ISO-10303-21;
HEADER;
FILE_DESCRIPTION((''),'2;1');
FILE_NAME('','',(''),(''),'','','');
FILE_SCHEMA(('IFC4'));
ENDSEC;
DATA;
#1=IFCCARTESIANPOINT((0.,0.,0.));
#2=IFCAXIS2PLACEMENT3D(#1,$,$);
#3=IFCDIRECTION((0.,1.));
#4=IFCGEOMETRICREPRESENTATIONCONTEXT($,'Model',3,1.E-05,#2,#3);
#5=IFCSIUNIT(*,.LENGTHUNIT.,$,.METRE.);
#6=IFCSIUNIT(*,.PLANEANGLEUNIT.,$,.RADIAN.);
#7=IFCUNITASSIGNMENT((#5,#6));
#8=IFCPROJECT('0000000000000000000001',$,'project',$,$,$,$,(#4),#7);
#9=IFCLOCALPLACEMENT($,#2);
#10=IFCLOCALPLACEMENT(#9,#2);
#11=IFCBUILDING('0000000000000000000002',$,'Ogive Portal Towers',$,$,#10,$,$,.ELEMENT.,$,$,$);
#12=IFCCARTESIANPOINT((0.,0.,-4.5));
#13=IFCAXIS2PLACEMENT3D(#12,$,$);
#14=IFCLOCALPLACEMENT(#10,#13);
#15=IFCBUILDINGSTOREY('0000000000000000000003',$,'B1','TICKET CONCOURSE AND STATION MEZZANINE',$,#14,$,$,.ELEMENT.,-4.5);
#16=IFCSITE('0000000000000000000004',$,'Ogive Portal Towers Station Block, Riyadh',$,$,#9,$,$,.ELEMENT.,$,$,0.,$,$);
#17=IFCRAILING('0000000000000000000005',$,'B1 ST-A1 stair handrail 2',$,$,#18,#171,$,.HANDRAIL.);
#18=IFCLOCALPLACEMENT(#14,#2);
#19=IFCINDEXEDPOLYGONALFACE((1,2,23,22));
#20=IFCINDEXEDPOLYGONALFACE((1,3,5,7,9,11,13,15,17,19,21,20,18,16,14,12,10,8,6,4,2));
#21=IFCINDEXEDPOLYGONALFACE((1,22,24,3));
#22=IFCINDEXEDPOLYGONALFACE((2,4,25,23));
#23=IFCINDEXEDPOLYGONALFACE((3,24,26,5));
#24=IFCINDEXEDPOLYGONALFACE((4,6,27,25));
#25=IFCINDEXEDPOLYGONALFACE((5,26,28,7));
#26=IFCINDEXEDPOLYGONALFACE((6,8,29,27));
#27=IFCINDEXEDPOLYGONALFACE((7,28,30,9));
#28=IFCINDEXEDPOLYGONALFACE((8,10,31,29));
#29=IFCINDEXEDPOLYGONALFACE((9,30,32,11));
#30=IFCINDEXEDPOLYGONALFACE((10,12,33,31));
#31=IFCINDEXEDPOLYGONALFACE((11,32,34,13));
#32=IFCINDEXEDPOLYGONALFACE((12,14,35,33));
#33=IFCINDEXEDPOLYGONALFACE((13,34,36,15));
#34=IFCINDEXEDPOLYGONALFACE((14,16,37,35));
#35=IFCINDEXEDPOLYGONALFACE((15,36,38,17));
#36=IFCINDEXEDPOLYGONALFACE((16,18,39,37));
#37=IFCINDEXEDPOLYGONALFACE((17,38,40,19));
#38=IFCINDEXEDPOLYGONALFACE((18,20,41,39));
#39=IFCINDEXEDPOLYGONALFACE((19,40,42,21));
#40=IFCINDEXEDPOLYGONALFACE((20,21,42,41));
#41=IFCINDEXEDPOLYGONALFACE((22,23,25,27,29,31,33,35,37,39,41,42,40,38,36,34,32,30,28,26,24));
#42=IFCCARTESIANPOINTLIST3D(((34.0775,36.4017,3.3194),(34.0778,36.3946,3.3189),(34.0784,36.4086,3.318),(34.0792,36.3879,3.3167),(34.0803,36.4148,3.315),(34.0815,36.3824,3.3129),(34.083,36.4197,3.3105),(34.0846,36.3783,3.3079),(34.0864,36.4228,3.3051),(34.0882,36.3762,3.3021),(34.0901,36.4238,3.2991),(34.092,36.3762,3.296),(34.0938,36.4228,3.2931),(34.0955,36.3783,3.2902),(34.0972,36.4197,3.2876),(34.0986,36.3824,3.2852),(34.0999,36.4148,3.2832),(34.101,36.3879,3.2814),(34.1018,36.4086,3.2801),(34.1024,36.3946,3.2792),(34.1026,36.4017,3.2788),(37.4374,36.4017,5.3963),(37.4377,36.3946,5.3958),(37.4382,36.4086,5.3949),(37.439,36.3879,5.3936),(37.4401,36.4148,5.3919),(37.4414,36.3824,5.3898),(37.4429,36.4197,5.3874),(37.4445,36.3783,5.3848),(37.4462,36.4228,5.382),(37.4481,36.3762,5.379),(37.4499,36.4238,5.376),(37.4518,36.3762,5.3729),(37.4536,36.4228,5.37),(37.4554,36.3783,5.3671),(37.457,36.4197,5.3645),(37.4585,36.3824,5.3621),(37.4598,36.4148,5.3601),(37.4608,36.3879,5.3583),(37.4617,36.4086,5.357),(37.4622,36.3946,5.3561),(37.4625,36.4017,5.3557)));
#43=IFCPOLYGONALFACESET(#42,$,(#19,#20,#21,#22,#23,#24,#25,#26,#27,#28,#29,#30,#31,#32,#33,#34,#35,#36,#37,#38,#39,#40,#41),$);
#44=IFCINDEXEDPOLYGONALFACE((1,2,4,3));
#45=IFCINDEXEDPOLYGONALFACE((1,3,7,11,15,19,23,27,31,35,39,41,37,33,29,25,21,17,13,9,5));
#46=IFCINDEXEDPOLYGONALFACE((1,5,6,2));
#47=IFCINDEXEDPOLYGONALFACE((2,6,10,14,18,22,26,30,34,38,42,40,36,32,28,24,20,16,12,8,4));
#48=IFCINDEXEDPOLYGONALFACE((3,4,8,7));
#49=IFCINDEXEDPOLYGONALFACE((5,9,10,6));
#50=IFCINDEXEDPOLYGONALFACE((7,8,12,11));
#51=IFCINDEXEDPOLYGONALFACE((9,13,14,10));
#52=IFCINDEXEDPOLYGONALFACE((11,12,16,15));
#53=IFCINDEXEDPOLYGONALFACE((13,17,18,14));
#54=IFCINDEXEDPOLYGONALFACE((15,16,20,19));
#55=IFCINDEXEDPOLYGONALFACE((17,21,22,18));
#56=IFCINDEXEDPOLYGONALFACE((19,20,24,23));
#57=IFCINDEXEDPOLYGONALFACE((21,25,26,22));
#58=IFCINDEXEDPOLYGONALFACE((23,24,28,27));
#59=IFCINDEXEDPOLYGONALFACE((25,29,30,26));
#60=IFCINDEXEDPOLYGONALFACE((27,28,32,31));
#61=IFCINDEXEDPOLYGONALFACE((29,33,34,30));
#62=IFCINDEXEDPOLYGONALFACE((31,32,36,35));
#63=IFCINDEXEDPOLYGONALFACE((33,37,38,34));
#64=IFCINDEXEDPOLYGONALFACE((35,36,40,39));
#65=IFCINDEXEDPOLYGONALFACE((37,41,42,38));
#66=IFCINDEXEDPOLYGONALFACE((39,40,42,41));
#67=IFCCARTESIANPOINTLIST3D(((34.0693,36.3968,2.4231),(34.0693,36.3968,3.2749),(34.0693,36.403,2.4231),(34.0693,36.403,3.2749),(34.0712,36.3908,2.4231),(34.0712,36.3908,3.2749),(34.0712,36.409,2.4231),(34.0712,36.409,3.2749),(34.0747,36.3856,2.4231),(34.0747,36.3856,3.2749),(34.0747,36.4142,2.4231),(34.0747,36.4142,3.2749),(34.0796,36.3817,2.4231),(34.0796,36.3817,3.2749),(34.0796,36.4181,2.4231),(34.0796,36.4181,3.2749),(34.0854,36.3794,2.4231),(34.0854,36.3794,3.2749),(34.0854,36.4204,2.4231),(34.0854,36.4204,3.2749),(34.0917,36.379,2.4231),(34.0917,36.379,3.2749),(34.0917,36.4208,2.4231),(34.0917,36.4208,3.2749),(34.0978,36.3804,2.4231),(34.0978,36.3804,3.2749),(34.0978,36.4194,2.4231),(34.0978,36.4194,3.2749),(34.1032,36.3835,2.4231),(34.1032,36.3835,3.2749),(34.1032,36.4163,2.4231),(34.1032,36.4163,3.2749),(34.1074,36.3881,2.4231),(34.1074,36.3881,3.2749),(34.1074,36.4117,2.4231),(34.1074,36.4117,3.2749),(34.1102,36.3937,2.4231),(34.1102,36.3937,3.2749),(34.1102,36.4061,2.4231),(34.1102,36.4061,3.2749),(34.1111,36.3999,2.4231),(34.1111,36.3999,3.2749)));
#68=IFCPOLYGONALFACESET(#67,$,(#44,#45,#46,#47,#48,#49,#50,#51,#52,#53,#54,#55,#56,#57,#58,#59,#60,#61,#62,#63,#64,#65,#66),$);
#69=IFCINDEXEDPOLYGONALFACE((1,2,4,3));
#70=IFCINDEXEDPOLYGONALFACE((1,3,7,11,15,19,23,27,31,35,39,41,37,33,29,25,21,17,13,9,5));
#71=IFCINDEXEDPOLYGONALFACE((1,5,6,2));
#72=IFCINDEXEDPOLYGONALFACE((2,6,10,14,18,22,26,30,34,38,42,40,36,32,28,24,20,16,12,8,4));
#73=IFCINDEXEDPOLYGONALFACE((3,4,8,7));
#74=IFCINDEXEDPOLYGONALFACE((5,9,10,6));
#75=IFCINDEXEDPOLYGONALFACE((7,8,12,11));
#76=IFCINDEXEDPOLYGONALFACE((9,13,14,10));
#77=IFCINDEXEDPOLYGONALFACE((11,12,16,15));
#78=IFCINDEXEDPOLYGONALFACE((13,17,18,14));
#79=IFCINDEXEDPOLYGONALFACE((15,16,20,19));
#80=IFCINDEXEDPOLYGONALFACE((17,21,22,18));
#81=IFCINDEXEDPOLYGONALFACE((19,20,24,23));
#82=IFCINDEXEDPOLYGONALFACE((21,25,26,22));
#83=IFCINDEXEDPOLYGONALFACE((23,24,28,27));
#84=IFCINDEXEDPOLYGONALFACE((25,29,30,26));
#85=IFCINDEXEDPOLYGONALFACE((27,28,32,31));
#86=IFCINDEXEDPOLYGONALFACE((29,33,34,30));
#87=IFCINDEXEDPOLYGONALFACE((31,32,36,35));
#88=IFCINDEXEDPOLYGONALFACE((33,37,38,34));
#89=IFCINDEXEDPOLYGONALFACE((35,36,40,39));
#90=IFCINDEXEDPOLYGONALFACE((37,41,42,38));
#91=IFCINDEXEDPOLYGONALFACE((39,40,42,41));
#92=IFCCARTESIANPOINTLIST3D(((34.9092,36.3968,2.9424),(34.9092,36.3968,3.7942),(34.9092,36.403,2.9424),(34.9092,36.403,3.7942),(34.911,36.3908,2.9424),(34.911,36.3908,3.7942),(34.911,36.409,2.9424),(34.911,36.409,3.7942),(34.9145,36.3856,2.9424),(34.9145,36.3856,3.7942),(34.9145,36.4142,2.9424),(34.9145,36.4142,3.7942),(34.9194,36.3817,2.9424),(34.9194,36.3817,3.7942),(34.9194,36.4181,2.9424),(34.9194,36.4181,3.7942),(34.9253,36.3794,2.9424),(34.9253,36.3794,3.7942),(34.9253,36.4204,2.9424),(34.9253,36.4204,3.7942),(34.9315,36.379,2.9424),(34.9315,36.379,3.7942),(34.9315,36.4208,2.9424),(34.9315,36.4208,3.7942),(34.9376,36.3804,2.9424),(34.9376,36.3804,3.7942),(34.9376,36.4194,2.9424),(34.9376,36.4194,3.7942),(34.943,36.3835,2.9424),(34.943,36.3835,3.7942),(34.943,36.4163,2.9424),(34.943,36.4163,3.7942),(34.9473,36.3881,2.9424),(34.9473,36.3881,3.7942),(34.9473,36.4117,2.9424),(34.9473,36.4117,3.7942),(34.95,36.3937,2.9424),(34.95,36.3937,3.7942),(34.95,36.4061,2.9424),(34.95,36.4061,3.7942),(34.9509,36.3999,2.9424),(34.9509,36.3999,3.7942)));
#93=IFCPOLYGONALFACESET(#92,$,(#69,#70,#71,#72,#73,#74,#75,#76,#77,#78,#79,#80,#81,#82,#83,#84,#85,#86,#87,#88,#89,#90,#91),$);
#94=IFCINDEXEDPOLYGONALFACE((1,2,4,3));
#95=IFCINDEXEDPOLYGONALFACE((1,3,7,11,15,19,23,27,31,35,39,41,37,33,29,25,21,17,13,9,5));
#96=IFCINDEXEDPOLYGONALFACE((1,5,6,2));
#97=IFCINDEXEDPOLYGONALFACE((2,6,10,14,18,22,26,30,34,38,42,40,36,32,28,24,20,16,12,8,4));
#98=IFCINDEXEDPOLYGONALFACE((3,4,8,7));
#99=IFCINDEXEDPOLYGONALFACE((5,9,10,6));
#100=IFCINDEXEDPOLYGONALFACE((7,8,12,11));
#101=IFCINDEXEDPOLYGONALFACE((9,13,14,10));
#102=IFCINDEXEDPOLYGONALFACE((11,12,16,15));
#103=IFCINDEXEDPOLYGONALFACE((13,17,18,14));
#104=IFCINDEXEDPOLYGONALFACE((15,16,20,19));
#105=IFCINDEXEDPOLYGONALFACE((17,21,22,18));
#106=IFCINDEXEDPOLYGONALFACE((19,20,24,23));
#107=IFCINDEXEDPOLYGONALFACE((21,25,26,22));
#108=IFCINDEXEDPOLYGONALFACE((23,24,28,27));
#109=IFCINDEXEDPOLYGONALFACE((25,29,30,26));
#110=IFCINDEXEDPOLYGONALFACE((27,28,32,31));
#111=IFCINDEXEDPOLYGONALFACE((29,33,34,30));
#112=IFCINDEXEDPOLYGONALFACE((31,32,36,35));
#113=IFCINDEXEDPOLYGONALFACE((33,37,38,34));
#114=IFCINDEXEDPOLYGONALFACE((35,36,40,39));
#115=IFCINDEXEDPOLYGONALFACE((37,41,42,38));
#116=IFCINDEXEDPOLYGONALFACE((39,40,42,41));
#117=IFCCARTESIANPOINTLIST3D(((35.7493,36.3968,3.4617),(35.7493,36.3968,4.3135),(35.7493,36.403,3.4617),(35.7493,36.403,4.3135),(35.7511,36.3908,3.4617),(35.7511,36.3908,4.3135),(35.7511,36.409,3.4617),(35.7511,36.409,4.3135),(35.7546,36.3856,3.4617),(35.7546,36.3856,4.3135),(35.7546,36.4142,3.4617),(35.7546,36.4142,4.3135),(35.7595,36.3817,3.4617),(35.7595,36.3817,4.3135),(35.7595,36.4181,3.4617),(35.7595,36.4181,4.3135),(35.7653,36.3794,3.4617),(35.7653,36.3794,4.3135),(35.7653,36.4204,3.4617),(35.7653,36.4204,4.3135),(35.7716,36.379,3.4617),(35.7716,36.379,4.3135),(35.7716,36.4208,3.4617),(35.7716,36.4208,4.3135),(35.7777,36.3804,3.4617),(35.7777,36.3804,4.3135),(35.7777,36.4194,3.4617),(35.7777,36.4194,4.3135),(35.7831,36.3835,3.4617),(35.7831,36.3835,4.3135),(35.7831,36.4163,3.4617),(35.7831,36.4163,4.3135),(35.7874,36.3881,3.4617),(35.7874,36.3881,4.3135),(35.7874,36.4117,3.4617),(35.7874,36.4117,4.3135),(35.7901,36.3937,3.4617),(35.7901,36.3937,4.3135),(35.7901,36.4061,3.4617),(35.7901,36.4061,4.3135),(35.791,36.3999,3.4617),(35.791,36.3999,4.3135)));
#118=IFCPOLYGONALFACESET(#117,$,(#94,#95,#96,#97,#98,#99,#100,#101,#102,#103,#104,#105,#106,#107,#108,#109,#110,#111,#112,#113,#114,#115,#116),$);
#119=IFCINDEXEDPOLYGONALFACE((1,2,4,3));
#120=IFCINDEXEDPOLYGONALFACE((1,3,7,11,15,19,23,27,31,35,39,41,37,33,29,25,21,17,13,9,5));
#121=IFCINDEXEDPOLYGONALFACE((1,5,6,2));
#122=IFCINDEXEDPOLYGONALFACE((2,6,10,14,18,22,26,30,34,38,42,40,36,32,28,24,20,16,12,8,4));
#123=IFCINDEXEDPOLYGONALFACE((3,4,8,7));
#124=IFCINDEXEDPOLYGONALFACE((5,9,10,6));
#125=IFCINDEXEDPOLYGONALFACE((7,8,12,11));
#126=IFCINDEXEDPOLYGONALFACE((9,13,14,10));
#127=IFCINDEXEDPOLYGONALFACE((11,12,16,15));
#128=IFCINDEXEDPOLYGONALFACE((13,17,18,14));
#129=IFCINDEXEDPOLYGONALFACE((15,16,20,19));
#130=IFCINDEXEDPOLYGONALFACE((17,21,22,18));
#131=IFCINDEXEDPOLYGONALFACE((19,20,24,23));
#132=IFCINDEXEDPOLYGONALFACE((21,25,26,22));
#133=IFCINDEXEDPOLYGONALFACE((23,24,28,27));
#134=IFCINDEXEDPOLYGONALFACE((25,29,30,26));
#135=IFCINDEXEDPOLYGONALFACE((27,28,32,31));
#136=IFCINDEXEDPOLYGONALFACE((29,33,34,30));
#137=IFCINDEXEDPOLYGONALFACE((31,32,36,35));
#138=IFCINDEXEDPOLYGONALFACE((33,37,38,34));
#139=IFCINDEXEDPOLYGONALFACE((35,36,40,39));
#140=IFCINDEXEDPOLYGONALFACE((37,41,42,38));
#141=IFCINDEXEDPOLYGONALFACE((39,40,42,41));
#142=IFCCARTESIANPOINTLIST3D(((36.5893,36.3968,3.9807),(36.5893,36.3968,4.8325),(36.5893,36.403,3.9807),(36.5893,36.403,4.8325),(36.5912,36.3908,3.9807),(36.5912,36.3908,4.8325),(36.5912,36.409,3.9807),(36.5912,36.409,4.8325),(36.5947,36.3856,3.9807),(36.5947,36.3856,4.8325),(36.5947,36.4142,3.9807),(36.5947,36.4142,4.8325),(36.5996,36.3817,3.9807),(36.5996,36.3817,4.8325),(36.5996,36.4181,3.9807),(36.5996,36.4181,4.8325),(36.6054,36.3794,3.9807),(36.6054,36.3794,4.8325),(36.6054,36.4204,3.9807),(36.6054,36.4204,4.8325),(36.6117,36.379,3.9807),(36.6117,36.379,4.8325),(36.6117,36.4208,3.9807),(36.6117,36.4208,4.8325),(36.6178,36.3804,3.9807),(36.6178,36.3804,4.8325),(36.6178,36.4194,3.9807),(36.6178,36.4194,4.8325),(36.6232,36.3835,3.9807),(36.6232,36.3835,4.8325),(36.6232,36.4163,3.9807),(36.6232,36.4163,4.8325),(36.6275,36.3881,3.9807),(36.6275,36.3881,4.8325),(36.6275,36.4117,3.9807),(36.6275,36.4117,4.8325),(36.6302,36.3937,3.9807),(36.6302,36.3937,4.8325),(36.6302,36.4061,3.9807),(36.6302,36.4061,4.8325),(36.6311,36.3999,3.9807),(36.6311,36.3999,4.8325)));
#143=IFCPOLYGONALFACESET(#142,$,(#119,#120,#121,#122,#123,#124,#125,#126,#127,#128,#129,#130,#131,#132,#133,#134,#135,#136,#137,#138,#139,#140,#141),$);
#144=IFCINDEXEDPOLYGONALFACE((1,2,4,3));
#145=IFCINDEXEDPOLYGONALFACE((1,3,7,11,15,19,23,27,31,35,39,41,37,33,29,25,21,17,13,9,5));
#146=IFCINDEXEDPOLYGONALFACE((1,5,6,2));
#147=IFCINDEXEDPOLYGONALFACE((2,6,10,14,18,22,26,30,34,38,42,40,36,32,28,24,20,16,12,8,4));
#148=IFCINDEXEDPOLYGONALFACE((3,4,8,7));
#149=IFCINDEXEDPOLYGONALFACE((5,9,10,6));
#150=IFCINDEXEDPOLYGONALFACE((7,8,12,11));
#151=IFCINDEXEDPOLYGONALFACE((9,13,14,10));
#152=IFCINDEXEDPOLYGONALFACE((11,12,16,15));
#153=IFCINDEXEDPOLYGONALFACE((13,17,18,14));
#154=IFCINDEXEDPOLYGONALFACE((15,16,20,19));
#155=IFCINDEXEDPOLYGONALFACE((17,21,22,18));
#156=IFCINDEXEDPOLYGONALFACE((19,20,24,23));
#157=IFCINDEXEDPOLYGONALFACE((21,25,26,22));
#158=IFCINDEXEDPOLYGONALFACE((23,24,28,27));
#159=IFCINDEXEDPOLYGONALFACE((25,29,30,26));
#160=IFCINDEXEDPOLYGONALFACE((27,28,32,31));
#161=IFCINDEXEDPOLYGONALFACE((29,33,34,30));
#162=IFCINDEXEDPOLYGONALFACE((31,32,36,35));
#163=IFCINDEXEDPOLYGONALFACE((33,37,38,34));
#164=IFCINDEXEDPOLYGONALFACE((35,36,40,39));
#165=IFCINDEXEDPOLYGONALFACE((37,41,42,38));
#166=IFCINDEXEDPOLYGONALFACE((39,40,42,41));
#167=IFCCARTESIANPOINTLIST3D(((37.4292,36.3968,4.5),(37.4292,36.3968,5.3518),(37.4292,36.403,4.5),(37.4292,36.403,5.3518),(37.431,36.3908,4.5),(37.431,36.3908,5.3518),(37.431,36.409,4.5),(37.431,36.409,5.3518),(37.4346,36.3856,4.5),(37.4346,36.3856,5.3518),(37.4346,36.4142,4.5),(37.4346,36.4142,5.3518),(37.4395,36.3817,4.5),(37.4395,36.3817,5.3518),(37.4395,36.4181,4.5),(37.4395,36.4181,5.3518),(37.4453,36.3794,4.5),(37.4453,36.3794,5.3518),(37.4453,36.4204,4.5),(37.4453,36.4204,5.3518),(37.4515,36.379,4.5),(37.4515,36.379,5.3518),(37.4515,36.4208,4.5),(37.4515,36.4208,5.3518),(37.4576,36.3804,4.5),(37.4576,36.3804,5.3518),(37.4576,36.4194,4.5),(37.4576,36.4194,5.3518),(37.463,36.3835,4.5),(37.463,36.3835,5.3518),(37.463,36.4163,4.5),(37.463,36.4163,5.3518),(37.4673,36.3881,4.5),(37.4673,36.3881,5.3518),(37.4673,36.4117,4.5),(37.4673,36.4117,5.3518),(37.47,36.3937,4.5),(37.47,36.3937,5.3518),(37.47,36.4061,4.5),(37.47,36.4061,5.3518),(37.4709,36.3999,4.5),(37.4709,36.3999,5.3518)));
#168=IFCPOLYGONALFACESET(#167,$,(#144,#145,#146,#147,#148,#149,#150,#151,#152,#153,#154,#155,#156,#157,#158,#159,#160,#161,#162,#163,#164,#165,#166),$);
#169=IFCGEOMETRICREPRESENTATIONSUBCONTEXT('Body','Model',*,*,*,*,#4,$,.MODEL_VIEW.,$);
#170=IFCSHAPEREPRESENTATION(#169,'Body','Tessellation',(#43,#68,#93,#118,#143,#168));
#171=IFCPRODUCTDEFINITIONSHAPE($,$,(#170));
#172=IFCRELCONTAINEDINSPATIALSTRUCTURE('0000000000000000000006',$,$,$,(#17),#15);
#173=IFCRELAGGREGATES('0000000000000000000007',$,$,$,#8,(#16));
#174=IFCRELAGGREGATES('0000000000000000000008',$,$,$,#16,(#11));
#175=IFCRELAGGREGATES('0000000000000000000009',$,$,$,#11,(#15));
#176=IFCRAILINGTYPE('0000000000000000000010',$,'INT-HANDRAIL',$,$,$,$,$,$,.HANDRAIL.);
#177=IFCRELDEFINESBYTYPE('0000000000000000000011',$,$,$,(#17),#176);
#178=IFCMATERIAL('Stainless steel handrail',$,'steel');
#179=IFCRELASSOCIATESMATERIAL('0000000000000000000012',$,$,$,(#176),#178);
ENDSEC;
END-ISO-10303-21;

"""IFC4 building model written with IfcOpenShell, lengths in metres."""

from ifc_helpers import new_model, si_unit, direction, frame, origin, origin_2d, place, context, subcontext, project, spatial, circle, extrude, material, type_object, element, save


model = new_model("IFC4")

# Units and contexts
model_context = context("Model", 3, precision=1e-05, world=origin(), true_north=direction((0.0, 1.0)))
body_context = subcontext(model_context, "Body", "Model", "MODEL_VIEW")
ifc_project = project(units=[si_unit("LENGTHUNIT", "METRE"), si_unit("PLANEANGLEUNIT", "RADIAN")], contexts=[model_context])

# Site, building, storey
site_placement = place(None, origin())
site = spatial("IfcSite", under=ifc_project, at=site_placement, Name="Ogive Portal Towers Station Block, Riyadh", CompositionType="ELEMENT", RefElevation=0.0)
building_placement = place(site_placement, origin())
building = spatial("IfcBuilding", under=site, at=building_placement, Name="Ogive Portal Towers", CompositionType="ELEMENT")
storey_placement = place(building_placement, frame((0.0, 0.0, -4.5)))
storey = spatial("IfcBuildingStorey", under=building, at=storey_placement, Name="B1", Description="TICKET CONCOURSE AND STATION MEZZANINE", CompositionType="ELEMENT", Elevation=-4.5)

# Railing
ifc_material_1 = material(Name="Stainless steel handrail", Category="steel")
railing_type_1 = type_object("IfcRailingType", Name="INT-HANDRAIL", PredefinedType="HANDRAIL", material=ifc_material_1)
railing_1_placement = place(storey_placement, frame((34.0901, 36.3999, 2.4231)))
element("IfcRailing", 1, at=railing_1_placement, inside=storey, type_object=railing_type_1, Name="B1 ST-A1 stair handrail 2", PredefinedType="HANDRAIL", context=body_context, shape_type="SweptSolid", body=[
    extrude(circle(Radius=0.0239, at=origin_2d()), frame((0.0, 0.0, 0.876), z_axis=(0.850606, 0.0, 0.525803), x_axis=(0.0, 1.0, 0.0)), (0.0, 0.0, 1.0), 3.95),
    extrude(circle(Radius=0.021, at=origin_2d()), origin(), (0.0, 0.0, 1.0), 0.8518),
    extrude(circle(Radius=0.021, at=origin_2d()), frame((0.8398, 0.0, 0.5193)), (0.0, 0.0, 1.0), 0.8518),
    extrude(circle(Radius=0.021, at=origin_2d()), frame((1.6799, 0.0, 1.0386)), (0.0, 0.0, 1.0), 0.8518),
    extrude(circle(Radius=0.021, at=origin_2d()), frame((2.52, 0.0, 1.5576)), (0.0, 0.0, 1.0), 0.8518),
    extrude(circle(Radius=0.021, at=origin_2d()), frame((3.3599, 0.0, 2.0769)), (0.0, 0.0, 1.0), 0.8518),
])

save(model, "model.ifc")
